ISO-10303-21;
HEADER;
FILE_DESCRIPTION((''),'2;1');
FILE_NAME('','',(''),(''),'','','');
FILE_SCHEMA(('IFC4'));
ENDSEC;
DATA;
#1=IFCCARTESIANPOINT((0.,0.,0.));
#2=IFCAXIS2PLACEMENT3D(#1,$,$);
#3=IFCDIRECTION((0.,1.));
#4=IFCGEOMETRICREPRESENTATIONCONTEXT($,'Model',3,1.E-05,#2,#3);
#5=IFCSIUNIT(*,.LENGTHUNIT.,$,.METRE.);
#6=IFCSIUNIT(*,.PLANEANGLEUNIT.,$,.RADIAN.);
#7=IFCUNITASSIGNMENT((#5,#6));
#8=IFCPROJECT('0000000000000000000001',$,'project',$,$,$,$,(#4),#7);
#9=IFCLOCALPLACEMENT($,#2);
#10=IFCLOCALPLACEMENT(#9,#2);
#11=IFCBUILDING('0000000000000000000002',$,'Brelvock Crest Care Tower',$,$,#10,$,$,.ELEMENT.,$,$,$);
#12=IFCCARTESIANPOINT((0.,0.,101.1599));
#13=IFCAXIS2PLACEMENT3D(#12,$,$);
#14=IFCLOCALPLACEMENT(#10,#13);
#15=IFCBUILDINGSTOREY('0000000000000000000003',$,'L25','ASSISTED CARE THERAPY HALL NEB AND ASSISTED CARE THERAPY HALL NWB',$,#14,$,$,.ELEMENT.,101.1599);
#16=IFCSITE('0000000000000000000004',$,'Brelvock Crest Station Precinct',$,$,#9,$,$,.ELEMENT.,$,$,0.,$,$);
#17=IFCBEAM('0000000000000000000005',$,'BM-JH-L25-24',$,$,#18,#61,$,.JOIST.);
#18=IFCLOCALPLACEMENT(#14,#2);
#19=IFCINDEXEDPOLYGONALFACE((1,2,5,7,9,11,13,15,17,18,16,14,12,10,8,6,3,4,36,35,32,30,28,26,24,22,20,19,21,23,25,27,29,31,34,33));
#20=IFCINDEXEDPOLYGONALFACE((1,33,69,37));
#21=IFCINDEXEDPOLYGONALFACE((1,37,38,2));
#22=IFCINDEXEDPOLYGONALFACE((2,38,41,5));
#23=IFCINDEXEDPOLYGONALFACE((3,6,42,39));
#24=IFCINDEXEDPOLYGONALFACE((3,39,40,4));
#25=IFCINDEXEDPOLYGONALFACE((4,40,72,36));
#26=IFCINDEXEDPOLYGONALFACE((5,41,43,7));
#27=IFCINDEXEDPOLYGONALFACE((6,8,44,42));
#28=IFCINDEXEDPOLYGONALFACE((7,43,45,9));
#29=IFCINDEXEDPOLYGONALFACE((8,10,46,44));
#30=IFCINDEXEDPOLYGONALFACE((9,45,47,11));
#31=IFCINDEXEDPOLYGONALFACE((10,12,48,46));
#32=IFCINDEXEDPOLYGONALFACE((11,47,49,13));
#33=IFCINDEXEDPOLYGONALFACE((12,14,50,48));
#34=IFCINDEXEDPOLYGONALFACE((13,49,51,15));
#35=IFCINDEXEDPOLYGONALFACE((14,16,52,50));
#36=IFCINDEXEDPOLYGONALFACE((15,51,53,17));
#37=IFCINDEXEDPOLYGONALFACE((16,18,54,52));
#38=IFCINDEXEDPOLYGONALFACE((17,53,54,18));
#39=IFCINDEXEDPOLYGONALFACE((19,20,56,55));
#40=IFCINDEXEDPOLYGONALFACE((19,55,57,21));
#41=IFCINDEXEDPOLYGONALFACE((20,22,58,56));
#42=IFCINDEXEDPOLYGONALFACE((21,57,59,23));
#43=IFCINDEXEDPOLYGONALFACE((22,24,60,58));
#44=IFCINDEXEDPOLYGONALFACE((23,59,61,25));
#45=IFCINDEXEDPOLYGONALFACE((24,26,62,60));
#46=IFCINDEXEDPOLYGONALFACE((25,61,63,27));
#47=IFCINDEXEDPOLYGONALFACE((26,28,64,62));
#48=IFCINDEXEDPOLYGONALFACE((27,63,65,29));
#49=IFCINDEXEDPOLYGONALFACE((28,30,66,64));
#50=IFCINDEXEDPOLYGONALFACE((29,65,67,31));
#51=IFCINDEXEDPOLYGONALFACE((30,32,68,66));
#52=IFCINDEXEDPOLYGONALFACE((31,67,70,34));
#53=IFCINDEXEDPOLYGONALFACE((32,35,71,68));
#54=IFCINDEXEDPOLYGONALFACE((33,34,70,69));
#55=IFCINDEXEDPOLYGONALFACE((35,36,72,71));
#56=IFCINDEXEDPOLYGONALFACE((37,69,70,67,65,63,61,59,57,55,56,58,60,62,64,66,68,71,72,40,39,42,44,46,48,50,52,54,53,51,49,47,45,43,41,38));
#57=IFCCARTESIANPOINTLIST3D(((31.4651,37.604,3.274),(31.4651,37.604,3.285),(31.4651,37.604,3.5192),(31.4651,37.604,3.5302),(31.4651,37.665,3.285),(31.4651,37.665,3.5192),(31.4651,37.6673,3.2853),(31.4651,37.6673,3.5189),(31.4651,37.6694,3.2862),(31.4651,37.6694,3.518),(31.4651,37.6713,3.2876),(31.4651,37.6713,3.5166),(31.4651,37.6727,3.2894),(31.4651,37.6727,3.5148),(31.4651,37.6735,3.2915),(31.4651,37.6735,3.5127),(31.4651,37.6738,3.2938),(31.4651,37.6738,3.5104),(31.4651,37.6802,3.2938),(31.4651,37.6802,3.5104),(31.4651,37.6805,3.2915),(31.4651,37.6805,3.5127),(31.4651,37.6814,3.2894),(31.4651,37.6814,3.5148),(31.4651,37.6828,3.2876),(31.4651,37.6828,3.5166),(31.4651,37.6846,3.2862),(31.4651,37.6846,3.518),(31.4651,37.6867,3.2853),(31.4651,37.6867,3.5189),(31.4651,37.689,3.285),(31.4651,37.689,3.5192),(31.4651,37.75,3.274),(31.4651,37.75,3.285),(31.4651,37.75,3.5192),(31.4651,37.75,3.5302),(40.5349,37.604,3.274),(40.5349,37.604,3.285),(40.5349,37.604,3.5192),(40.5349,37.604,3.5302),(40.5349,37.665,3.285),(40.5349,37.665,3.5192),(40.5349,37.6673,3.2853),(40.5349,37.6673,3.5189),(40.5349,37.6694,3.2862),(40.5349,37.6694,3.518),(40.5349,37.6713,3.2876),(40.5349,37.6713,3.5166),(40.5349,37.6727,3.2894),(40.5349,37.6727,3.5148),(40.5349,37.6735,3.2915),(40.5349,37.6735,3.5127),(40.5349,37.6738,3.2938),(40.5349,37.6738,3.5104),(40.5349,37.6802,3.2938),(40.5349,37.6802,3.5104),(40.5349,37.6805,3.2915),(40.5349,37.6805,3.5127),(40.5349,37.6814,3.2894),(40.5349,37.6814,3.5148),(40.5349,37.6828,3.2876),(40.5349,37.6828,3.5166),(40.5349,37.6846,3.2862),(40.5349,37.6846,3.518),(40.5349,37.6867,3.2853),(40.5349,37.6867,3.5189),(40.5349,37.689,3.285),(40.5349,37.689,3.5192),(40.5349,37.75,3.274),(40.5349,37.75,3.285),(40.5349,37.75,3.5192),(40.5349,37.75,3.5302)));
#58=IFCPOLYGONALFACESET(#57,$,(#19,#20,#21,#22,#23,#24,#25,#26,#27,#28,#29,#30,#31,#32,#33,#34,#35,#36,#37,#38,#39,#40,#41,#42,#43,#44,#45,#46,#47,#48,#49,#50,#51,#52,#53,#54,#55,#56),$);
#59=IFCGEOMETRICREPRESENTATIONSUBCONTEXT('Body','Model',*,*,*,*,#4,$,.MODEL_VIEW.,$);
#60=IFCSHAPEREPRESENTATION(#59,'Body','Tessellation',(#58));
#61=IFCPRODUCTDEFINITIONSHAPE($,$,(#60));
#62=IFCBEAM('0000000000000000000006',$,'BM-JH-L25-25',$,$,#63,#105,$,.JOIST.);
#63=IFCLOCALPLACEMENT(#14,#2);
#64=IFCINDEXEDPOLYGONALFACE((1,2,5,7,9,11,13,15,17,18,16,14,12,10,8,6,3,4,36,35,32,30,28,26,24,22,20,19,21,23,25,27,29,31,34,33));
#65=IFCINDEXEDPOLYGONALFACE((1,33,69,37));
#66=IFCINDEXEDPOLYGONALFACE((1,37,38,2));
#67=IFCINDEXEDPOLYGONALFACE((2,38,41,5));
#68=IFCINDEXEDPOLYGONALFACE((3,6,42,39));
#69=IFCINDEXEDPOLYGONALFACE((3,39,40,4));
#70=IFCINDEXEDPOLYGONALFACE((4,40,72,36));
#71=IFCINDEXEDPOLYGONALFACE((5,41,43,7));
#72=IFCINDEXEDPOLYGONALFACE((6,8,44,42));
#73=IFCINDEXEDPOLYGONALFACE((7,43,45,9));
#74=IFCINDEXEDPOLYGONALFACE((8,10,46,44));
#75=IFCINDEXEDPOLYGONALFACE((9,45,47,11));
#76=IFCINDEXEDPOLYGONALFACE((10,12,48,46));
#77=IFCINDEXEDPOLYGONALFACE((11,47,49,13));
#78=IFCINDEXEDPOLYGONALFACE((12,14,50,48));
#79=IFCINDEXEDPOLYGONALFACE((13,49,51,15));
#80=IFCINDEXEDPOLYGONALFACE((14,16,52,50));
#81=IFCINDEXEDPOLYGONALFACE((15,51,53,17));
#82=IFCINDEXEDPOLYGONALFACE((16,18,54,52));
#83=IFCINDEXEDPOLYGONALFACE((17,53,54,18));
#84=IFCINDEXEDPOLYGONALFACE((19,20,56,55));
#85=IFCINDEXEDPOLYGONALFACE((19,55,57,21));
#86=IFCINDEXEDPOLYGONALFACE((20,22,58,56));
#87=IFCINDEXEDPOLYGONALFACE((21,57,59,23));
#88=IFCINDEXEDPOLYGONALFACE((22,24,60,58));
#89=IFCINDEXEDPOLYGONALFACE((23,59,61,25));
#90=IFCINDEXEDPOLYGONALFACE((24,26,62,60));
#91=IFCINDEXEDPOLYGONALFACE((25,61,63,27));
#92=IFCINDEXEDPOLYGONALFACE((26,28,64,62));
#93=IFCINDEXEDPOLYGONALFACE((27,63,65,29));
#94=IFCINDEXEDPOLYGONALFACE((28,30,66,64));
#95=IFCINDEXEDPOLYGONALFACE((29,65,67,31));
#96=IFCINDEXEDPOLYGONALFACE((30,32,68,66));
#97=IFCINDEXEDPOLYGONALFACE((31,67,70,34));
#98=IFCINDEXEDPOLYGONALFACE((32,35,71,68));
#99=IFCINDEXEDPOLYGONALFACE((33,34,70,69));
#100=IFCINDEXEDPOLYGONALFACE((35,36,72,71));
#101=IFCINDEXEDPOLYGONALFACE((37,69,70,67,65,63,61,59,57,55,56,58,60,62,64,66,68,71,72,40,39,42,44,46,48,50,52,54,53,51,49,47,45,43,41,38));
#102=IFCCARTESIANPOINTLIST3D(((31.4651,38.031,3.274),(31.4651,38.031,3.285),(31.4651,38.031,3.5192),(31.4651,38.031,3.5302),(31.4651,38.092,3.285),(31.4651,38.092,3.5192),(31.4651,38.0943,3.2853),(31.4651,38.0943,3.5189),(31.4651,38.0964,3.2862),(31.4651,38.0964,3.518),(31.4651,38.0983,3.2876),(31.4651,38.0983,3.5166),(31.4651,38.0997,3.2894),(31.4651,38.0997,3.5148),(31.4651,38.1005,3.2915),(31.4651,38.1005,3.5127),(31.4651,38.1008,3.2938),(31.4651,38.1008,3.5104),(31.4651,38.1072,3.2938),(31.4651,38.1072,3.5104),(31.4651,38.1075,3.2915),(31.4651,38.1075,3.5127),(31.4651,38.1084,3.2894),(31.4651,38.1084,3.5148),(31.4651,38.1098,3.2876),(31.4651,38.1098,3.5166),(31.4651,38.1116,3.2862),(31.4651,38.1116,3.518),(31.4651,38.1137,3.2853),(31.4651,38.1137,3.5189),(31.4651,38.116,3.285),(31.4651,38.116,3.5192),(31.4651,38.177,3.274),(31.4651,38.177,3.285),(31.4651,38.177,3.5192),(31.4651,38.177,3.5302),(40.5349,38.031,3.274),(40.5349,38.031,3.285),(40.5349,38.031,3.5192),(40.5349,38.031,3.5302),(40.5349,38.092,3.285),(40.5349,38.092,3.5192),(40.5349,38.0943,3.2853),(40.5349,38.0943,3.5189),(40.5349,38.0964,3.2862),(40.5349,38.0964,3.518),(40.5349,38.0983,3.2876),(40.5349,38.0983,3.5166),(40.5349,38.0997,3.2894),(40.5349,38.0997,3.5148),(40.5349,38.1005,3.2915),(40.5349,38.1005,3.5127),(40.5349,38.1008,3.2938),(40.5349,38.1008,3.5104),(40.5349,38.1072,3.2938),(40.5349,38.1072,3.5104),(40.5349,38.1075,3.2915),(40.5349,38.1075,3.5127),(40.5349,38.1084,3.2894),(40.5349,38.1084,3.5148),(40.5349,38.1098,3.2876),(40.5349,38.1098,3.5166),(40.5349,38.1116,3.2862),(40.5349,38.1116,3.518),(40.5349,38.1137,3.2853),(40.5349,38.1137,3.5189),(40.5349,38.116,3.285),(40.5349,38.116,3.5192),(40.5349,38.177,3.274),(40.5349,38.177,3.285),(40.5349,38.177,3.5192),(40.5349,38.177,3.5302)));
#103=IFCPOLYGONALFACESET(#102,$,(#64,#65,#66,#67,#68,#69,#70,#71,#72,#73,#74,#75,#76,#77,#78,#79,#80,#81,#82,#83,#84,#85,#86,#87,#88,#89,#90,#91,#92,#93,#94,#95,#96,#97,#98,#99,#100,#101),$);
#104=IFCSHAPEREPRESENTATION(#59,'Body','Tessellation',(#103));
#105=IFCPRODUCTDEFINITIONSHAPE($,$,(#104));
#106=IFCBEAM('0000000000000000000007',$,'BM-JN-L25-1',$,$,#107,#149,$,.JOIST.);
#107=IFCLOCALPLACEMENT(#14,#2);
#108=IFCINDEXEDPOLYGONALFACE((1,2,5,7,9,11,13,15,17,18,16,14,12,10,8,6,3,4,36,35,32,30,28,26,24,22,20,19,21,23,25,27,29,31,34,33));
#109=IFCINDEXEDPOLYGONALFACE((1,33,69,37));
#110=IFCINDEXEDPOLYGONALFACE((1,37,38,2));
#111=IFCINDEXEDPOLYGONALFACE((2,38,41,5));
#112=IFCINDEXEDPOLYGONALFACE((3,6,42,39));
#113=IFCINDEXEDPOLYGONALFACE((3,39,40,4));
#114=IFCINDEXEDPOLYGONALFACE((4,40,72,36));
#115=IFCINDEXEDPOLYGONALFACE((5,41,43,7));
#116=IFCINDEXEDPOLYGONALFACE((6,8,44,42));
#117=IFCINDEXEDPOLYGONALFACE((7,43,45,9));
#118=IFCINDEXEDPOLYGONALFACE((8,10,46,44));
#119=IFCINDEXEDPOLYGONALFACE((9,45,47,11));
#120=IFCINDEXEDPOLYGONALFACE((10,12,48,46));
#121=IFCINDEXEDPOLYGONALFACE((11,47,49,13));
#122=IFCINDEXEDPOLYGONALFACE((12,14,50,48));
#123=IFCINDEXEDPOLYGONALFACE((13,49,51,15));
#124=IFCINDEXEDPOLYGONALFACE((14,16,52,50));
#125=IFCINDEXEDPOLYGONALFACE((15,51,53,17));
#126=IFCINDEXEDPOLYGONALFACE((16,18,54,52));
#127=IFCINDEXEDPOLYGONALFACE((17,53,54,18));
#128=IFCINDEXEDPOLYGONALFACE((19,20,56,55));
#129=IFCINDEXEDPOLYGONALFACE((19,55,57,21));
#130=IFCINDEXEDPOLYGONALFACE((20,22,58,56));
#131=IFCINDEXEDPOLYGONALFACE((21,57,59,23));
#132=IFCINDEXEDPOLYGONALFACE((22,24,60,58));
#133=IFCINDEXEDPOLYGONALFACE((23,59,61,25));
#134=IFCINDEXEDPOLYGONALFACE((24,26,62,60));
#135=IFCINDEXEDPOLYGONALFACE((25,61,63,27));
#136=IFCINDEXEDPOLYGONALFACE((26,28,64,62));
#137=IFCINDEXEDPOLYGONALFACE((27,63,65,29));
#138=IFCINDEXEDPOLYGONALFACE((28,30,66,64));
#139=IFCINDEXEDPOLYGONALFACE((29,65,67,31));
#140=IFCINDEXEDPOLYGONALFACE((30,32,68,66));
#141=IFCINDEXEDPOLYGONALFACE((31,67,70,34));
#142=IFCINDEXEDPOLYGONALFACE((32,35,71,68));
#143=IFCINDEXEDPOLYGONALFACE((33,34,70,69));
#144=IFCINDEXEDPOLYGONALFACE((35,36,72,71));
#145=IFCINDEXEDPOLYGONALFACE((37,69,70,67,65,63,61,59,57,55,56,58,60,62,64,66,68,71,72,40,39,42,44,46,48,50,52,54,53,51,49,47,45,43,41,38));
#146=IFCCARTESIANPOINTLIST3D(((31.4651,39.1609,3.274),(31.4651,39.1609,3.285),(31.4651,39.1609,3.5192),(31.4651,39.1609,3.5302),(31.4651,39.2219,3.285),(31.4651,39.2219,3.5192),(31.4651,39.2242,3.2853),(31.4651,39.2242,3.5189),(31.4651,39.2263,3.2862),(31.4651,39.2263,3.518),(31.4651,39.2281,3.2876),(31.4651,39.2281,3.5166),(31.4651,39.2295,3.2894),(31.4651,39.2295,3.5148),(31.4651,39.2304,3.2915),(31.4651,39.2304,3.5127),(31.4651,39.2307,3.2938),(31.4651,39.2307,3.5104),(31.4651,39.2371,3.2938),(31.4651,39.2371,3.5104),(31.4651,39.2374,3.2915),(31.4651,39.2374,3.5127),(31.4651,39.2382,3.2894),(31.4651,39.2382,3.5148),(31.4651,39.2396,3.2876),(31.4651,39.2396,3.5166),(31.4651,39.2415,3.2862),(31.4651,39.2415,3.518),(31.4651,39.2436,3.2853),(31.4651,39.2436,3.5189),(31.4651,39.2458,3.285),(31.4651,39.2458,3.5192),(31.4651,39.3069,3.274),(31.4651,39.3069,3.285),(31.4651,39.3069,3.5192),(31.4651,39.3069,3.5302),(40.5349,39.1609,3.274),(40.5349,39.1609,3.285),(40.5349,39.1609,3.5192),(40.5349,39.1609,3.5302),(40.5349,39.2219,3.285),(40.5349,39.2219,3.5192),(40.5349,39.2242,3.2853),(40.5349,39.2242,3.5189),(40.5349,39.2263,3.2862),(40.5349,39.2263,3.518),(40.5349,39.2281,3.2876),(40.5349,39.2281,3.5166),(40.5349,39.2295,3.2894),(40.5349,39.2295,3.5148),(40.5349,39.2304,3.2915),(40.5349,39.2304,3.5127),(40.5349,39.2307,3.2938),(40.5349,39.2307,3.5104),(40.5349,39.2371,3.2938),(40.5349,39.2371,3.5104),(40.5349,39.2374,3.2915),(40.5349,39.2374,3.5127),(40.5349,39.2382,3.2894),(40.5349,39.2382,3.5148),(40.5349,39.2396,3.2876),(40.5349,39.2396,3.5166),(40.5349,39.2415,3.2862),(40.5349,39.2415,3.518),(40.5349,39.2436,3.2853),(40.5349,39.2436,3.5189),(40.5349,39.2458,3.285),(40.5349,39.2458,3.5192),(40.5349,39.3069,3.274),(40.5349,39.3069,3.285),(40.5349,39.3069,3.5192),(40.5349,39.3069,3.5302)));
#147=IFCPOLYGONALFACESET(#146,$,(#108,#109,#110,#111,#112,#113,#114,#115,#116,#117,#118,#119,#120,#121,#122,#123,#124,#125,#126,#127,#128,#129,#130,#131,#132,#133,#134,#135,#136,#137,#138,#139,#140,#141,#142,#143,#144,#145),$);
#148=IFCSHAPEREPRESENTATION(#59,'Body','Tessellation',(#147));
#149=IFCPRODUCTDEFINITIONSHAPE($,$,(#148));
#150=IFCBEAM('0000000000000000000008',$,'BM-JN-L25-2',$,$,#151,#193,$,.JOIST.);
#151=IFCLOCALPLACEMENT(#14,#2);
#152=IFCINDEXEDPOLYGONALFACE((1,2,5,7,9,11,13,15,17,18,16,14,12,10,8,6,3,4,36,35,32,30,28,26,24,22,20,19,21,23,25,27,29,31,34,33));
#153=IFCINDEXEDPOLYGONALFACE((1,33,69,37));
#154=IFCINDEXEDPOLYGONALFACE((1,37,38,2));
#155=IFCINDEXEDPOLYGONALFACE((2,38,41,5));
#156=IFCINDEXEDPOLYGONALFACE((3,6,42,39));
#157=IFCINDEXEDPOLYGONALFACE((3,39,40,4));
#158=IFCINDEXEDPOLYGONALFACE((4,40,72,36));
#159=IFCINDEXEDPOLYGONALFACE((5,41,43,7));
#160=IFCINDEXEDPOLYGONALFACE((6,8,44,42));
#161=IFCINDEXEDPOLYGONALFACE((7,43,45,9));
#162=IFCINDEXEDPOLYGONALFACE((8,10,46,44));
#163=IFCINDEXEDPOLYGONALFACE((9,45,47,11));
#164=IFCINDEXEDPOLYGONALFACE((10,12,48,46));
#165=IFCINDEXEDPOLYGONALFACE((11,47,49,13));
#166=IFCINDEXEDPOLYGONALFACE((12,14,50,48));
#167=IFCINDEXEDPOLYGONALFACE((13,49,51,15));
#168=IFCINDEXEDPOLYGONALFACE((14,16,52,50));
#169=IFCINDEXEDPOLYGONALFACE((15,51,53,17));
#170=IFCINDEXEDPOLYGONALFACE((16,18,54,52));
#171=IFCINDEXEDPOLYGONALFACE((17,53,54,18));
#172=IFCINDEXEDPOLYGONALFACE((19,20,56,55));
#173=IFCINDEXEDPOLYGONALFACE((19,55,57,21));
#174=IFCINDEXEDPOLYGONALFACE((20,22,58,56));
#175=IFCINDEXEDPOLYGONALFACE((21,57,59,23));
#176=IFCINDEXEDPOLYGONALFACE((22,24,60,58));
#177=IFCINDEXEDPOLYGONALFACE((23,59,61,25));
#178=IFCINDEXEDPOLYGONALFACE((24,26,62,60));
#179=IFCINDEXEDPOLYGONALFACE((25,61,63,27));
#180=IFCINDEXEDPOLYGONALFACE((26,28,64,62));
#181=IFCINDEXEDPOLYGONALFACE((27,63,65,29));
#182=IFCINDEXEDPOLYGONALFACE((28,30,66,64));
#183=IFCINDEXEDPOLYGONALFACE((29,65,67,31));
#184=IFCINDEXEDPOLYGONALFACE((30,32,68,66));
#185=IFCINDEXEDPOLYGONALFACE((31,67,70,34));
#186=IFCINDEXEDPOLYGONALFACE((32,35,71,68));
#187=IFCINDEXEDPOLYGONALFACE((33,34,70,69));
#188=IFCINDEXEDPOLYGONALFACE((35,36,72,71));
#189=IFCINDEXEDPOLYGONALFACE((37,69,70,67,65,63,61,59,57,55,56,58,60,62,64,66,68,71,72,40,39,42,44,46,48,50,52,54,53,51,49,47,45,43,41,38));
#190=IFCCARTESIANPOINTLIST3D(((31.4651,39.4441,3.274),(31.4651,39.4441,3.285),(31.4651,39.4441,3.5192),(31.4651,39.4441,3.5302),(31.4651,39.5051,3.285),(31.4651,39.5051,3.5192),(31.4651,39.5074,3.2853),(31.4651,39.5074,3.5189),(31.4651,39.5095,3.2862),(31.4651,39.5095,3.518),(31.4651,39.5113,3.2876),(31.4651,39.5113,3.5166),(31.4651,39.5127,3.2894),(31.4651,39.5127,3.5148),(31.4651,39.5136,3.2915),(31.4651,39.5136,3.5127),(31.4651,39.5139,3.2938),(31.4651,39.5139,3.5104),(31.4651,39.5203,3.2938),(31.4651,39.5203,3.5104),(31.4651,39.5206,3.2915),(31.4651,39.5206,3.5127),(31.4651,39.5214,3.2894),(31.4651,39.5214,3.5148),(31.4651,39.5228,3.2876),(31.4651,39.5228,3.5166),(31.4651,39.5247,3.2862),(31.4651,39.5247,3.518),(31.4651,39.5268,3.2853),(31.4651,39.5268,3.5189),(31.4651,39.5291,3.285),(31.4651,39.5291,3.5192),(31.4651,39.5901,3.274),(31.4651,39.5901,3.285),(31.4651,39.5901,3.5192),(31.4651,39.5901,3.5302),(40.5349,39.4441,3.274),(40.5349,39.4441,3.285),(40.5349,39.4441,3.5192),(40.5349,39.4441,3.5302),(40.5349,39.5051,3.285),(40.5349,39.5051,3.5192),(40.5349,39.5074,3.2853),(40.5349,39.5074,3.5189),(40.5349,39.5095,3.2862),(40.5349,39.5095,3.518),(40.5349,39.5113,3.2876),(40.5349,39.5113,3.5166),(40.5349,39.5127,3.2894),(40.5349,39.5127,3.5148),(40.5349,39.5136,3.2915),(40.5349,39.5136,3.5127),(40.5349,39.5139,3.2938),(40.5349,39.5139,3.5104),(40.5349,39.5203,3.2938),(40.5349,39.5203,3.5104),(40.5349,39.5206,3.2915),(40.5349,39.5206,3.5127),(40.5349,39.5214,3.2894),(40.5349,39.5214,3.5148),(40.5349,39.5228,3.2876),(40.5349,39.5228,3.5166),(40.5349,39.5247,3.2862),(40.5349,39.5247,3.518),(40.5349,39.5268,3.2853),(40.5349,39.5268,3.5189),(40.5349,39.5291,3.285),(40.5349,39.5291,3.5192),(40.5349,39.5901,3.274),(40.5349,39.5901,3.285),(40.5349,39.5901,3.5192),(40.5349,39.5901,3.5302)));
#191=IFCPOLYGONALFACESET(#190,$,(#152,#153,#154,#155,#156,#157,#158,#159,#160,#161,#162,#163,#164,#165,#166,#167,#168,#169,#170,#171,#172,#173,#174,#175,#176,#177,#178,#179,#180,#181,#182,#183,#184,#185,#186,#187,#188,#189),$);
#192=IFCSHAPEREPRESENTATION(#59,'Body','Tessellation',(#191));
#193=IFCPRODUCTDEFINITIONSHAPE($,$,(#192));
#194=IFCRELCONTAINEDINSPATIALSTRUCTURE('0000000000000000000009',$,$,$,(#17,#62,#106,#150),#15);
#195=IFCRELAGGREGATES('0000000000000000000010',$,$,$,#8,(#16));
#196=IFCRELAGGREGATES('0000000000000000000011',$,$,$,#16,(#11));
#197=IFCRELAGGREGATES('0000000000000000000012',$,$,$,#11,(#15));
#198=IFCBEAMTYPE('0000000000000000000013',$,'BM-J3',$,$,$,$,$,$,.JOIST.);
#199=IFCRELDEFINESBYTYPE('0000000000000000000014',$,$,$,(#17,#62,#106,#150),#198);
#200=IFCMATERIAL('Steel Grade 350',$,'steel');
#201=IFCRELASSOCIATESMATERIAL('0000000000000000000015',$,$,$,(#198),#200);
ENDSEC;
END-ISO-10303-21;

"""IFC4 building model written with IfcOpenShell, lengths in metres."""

from ifc_helpers import new_model, si_unit, direction, frame, origin, origin_2d, place, context, subcontext, project, spatial, i_section, extrude, source, transform, mapped, material, material_profile, profile_set, type_object, element, save


model = new_model("IFC4")

# Units and contexts
model_context = context("Model", 3, precision=1e-05, world=origin(), true_north=direction((0.0, 1.0)))
body_context = subcontext(model_context, "Body", "Model", "MODEL_VIEW")
ifc_project = project(units=[si_unit("LENGTHUNIT", "METRE"), si_unit("PLANEANGLEUNIT", "RADIAN")], contexts=[model_context])

# Site, building, storey
site_placement = place(None, origin())
site = spatial("IfcSite", under=ifc_project, at=site_placement, Name="Brelvock Crest Station Precinct", CompositionType="ELEMENT", RefElevation=0.0)
building_placement = place(site_placement, origin())
building = spatial("IfcBuilding", under=site, at=building_placement, Name="Brelvock Crest Care Tower", CompositionType="ELEMENT")
storey_placement = place(building_placement, frame((0.0, 0.0, 101.1599)))
storey = spatial("IfcBuildingStorey", under=building, at=storey_placement, Name="L25", Description="ASSISTED CARE THERAPY HALL NEB AND ASSISTED CARE THERAPY HALL NWB", CompositionType="ELEMENT", Elevation=101.1599)

# Beams
ifc_material_1 = material(Name="Steel Grade 350", Category="steel")
ifc_material_profile_1 = material_profile(ifc_material_1, i_section(OverallWidth=0.146, OverallDepth=0.2561, WebThickness=0.0063, FlangeThickness=0.011, FilletRadius=0.0088, at=origin_2d()), Name="250UB37.3")
ifc_profile_set_1 = profile_set([ifc_material_profile_1], Name="Steel Grade 350")
beam_type_1 = type_object("IfcBeamType", Name="BM-J3", PredefinedType="JOIST", material=ifc_profile_set_1)
shared_shape_1 = source(origin(), body_context, "Body", "SweptSolid", [
    extrude(i_section(OverallWidth=0.146, OverallDepth=0.2561, WebThickness=0.0063, FlangeThickness=0.011, FilletRadius=0.0088, at=origin_2d()), origin(), (0.0, 0.0, 1.0), 9.0698),
])
for number, where, z_axis, x_axis, name in (
    (1, (31.4651, 37.677, 3.4021), (1.0, 0.0, 0.0), (0.0, 1.0, 0.0), "BM-JH-L25-24"),
    (2, (31.4651, 38.104, 3.4021), (1.0, 0.0, 0.0), (0.0, 1.0, 0.0), "BM-JH-L25-25"),
    (3, (31.4651, 39.2339, 3.4021), (1.0, 0.0, 0.0), (0.0, 1.0, 0.0), "BM-JN-L25-1"),
    (4, (31.4651, 39.5171, 3.4021), (1.0, 0.0, 0.0), (0.0, 1.0, 0.0), "BM-JN-L25-2"),
):
    element("IfcBeam", number, at=place(storey_placement, frame(where, z_axis=z_axis, x_axis=x_axis)), inside=storey, type_object=beam_type_1, Name=name, PredefinedType="JOIST", context=body_context, shape_type="MappedRepresentation", body=[
        mapped(shared_shape_1, transform((0.0, 0.0, 0.0), x_axis=(1.0, 0.0, 0.0), y_axis=(0.0, 1.0, 0.0), z_axis=(0.0, 0.0, 1.0), scale=1.0)),
    ])

save(model, "model.ifc")
